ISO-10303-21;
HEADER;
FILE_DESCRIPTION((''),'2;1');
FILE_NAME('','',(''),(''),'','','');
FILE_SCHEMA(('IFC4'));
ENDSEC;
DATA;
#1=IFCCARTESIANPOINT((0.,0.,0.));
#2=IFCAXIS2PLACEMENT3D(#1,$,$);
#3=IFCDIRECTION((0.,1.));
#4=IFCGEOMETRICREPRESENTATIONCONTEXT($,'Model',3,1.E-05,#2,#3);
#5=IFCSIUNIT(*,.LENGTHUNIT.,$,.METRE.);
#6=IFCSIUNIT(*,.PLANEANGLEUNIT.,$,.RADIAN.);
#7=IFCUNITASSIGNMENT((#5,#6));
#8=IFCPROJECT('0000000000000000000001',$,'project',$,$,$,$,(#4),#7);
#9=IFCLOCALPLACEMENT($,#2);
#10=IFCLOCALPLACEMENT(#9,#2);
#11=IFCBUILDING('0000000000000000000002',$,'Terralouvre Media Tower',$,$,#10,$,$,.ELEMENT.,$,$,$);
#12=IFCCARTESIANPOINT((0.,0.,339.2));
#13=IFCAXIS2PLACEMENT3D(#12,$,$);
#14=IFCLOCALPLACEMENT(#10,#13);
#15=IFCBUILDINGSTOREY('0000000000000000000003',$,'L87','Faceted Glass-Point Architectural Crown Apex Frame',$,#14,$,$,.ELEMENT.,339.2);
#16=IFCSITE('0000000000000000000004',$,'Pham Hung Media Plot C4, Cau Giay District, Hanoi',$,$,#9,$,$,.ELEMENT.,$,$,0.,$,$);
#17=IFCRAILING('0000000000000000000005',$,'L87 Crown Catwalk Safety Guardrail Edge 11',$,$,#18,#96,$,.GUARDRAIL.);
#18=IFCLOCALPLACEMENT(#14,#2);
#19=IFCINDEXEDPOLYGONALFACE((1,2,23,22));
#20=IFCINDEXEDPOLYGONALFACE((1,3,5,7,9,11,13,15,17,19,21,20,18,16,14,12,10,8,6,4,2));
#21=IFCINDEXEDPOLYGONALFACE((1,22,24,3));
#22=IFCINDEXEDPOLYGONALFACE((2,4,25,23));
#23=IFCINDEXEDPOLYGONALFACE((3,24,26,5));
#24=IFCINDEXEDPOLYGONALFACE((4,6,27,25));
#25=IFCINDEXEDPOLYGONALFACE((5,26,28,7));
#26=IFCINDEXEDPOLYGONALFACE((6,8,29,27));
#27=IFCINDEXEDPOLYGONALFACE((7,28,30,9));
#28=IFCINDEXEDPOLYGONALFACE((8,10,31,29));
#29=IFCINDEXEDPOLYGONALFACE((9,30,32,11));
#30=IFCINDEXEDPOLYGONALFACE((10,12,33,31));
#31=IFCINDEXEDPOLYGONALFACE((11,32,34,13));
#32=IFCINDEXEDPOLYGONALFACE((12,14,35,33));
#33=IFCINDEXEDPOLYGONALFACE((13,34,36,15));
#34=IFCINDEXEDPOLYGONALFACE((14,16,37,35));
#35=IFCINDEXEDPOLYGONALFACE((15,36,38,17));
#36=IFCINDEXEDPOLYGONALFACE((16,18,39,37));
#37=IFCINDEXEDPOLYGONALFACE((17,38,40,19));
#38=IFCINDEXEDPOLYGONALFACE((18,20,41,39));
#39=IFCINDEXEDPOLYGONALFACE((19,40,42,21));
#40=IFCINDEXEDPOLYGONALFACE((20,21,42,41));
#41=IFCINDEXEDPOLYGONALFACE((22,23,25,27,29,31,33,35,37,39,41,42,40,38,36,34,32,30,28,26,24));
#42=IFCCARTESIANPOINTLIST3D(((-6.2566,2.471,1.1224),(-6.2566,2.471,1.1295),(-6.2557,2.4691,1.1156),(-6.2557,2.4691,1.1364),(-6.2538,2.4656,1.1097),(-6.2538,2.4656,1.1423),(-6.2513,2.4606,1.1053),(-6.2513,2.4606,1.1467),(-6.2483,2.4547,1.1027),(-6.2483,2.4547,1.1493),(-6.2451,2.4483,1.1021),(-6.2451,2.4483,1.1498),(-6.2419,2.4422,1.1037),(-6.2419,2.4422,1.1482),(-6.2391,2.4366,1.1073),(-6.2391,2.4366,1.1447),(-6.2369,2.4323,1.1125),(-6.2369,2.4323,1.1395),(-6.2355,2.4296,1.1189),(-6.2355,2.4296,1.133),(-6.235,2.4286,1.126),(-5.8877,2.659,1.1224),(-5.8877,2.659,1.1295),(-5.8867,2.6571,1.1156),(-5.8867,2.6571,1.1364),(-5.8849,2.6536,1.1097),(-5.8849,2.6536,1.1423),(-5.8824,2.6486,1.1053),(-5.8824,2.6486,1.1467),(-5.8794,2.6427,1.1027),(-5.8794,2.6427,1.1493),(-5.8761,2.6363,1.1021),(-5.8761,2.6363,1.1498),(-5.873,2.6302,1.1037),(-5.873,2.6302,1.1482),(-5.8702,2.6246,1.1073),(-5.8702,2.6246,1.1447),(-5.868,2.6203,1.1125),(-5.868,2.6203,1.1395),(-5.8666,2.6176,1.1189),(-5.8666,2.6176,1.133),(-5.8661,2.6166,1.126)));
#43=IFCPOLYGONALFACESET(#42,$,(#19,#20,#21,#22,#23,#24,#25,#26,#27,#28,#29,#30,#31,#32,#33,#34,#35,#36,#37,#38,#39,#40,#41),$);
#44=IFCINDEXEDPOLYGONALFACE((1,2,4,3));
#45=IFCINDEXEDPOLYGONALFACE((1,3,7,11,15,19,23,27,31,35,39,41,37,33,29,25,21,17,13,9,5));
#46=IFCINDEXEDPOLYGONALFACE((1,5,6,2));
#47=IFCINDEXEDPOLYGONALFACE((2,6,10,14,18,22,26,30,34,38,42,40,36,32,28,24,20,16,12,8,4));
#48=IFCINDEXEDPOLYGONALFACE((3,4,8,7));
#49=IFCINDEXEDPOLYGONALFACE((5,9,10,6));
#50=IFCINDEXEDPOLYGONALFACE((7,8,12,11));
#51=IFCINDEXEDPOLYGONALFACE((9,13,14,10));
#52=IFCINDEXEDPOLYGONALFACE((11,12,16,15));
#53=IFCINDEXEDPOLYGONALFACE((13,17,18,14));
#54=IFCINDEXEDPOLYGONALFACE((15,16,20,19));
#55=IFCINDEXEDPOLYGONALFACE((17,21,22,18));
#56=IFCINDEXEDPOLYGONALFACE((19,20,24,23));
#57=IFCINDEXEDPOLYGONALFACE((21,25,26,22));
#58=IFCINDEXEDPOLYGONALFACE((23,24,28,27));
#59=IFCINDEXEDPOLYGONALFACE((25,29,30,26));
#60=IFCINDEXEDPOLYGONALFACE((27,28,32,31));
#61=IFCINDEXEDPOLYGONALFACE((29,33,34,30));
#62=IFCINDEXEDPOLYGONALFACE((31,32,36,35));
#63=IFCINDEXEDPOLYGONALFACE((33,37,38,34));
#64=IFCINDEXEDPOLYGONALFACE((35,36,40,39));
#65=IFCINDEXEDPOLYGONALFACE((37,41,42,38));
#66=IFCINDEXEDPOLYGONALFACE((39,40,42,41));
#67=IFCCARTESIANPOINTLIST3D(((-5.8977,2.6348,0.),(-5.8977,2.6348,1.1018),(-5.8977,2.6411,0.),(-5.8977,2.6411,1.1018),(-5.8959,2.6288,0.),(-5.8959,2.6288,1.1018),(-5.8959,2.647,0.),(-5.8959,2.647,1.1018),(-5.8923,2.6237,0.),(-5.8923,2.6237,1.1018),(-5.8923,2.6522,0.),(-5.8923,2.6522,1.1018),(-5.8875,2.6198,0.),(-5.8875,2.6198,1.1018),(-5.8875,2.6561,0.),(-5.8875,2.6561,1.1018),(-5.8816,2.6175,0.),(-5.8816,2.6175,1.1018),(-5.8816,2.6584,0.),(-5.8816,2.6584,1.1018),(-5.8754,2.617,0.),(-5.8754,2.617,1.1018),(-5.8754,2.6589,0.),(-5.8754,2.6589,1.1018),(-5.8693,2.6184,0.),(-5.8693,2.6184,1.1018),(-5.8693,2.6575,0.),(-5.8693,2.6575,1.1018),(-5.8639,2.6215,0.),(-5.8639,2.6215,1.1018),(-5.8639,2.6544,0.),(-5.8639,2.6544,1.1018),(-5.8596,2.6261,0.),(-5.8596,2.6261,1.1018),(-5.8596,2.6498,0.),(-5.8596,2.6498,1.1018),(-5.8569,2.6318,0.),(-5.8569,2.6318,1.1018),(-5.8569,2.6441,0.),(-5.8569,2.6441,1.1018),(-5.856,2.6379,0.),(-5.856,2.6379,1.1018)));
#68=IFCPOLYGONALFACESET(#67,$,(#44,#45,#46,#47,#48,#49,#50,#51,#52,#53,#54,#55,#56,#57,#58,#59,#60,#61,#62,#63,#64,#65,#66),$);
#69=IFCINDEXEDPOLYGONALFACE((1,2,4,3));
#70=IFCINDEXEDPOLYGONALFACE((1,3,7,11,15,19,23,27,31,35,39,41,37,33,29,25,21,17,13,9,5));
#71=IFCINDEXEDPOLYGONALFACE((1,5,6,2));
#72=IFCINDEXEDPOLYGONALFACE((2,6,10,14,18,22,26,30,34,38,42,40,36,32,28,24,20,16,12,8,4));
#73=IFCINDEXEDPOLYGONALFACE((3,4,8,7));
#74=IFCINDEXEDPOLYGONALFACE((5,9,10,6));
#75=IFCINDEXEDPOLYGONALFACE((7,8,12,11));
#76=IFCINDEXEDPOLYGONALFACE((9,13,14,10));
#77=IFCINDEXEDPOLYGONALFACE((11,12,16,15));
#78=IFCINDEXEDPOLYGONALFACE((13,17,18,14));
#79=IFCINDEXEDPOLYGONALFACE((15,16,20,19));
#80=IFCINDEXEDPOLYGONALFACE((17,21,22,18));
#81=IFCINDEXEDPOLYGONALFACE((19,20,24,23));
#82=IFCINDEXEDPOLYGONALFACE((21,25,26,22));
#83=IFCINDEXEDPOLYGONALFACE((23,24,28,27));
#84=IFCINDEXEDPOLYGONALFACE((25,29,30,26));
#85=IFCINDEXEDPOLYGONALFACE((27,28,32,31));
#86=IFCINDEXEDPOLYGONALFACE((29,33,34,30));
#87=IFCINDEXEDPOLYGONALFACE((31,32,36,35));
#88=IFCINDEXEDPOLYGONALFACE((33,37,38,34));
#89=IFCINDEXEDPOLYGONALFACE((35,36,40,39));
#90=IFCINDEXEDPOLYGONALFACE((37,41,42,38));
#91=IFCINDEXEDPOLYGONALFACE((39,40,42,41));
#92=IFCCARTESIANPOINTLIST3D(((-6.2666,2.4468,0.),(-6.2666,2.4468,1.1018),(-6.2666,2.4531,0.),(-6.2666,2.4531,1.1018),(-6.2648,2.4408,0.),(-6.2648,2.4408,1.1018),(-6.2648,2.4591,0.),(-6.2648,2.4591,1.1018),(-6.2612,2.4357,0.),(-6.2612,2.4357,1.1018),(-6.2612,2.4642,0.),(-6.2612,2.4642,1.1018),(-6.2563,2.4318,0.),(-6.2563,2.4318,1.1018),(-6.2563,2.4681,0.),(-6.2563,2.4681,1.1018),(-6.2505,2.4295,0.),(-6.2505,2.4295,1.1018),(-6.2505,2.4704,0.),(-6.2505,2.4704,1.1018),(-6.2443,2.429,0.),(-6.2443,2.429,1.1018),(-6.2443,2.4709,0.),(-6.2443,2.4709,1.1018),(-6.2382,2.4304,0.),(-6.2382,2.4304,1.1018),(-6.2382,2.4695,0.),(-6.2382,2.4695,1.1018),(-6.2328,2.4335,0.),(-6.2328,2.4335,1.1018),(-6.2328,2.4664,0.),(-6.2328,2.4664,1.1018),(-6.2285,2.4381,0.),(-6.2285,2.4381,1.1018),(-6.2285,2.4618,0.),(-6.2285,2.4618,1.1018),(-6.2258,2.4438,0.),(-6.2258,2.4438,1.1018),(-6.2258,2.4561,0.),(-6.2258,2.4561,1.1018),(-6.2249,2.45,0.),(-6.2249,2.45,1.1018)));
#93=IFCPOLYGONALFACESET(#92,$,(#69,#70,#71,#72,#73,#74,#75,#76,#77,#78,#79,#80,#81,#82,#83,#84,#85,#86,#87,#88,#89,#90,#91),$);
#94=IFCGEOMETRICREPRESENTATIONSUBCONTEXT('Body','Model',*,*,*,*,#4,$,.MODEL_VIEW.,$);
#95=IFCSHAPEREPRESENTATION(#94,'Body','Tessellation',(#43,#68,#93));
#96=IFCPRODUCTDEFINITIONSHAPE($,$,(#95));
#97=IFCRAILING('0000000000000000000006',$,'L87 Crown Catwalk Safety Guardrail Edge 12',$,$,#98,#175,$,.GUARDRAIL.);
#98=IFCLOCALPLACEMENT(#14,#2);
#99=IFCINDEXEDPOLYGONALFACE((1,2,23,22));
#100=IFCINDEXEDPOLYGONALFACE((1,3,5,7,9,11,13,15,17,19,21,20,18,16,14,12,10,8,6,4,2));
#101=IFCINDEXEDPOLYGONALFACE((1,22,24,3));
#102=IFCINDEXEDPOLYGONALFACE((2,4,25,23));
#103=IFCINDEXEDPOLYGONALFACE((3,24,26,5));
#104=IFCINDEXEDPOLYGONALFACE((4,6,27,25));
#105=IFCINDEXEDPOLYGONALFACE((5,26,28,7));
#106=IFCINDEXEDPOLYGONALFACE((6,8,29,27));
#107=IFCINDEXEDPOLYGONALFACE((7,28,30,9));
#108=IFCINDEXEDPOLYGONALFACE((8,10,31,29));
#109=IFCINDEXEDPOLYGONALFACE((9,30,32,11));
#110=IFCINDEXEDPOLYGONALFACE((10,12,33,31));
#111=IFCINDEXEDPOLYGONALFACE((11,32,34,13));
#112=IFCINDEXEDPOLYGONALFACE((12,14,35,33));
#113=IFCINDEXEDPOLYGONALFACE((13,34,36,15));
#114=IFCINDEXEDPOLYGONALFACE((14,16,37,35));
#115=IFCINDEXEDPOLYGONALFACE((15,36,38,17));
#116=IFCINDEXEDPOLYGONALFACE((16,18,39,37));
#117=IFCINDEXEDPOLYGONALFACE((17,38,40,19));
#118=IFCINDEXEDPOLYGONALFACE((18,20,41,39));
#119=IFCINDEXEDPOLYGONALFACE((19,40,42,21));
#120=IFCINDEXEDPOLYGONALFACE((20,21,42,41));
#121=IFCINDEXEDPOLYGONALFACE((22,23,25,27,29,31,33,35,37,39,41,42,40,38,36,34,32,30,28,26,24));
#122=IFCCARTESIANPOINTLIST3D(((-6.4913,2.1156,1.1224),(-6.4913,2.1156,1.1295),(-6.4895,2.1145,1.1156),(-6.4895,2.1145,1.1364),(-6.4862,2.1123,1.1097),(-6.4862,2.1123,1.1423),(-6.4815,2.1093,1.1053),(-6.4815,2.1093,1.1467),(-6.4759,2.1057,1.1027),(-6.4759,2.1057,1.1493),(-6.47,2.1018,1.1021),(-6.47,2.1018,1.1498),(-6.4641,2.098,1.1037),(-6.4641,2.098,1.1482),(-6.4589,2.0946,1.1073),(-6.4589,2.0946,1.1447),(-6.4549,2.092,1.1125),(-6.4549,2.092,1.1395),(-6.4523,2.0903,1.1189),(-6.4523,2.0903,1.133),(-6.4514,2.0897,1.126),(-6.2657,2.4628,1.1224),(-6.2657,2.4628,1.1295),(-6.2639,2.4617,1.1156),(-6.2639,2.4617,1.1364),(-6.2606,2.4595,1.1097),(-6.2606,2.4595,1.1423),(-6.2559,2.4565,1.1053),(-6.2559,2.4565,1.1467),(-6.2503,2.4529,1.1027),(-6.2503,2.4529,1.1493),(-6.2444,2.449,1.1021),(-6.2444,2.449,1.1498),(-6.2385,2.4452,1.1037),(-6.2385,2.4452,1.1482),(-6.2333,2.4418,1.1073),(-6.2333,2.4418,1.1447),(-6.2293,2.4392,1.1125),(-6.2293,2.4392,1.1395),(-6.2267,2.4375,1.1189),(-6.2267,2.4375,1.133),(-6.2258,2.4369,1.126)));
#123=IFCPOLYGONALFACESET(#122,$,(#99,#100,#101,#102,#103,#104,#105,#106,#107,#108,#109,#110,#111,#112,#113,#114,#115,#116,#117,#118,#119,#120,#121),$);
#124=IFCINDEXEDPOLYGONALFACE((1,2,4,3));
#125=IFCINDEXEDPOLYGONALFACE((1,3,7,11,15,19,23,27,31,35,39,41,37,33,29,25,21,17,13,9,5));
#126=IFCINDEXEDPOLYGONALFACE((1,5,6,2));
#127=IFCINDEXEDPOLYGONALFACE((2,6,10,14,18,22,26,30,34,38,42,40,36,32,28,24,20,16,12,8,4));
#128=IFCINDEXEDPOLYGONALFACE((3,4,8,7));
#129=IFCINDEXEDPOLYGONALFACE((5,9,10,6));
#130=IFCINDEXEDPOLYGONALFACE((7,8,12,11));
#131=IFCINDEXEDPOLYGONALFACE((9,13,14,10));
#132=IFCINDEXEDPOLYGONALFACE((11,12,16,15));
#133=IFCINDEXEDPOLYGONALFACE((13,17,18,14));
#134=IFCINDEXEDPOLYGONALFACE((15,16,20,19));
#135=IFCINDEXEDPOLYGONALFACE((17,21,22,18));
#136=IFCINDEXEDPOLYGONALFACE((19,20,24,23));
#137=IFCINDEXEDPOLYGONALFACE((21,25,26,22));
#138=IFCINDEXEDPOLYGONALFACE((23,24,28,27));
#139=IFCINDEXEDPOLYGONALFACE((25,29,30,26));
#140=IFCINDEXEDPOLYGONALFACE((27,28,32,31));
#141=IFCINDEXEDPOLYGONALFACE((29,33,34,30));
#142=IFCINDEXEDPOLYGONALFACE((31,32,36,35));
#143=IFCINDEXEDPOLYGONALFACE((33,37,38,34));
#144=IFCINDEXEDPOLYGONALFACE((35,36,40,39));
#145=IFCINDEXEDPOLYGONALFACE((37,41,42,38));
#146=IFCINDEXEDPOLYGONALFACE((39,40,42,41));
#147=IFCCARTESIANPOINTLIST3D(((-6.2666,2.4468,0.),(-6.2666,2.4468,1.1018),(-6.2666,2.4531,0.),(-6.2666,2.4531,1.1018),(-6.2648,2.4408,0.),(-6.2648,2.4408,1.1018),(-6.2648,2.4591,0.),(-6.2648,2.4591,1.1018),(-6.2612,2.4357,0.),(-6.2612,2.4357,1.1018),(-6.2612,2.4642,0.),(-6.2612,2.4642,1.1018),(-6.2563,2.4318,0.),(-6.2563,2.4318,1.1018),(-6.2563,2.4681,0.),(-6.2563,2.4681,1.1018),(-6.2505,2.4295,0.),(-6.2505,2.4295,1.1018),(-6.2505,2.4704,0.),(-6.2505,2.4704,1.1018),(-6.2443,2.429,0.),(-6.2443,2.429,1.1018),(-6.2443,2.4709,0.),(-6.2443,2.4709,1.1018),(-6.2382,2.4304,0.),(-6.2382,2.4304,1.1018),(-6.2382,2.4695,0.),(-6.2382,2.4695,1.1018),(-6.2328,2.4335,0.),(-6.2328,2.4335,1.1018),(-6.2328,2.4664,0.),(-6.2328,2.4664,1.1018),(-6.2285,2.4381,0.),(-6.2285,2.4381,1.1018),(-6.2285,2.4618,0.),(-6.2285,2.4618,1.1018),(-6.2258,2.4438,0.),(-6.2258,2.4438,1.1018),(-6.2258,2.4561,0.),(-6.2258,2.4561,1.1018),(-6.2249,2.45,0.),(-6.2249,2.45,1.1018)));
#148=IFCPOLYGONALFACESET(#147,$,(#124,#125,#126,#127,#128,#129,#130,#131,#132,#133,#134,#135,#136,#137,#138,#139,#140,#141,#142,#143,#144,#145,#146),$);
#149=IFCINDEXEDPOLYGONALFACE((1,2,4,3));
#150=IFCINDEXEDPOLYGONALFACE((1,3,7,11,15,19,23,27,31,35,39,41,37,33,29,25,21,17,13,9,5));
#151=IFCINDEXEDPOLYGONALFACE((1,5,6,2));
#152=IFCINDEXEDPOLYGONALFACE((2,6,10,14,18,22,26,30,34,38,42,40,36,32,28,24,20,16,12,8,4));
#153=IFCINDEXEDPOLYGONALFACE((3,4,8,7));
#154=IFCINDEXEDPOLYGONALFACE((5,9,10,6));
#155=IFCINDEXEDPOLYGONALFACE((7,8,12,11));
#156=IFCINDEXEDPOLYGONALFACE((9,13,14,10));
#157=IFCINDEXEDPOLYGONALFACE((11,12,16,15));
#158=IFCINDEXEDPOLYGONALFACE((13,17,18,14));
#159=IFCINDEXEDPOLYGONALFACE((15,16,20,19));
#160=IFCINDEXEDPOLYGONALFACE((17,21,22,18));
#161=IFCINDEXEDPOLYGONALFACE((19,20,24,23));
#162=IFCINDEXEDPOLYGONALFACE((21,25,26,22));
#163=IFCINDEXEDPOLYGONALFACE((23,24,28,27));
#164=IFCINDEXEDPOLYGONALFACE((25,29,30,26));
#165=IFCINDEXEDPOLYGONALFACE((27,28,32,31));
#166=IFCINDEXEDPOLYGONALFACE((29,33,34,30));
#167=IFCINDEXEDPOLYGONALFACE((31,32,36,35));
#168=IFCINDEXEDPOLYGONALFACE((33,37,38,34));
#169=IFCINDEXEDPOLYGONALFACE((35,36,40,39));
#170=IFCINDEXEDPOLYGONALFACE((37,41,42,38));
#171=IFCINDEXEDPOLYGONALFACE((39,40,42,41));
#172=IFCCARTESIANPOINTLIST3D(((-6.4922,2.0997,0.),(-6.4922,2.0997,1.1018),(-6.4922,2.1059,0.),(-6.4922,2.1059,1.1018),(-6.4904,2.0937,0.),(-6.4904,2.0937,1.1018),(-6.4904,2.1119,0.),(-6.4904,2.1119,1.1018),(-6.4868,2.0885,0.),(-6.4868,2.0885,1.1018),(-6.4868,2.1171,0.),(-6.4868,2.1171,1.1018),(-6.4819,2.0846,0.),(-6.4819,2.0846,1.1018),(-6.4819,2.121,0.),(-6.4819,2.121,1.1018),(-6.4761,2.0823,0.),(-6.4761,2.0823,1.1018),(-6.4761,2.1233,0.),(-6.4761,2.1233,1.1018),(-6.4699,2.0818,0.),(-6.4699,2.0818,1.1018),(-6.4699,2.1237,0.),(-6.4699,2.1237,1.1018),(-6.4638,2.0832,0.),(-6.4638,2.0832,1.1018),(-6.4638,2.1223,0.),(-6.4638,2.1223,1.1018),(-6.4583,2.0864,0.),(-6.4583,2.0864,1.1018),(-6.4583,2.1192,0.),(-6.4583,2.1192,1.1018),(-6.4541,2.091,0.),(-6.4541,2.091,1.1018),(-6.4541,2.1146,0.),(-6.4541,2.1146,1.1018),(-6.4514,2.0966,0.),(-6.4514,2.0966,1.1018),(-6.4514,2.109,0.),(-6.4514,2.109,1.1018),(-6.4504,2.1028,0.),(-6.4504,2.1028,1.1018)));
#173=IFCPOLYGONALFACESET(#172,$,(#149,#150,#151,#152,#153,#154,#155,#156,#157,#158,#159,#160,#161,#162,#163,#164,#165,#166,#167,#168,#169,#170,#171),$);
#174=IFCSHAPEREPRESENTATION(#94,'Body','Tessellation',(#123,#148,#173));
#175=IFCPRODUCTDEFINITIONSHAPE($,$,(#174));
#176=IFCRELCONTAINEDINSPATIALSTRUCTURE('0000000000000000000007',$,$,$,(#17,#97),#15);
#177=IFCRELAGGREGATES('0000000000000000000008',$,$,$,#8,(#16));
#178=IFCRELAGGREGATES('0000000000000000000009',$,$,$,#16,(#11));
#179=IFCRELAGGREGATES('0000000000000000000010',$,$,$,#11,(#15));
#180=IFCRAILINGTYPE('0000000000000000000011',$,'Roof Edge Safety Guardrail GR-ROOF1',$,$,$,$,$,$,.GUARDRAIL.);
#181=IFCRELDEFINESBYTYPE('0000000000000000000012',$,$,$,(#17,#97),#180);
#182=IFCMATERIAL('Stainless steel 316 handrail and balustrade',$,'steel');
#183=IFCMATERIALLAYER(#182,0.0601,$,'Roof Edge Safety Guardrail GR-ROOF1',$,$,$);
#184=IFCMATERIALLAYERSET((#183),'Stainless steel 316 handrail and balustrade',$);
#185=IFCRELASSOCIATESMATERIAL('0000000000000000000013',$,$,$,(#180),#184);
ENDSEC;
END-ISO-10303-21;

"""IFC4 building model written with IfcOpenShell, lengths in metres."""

from ifc_helpers import new_model, si_unit, direction, frame, origin, origin_2d, place, context, subcontext, project, spatial, circle, extrude, material, layer, layer_set, type_object, element, save


model = new_model("IFC4")

# Units and contexts
model_context = context("Model", 3, precision=1e-05, world=origin(), true_north=direction((0.0, 1.0)))
body_context = subcontext(model_context, "Body", "Model", "MODEL_VIEW")
ifc_project = project(units=[si_unit("LENGTHUNIT", "METRE"), si_unit("PLANEANGLEUNIT", "RADIAN")], contexts=[model_context])

# Site, building, storey
site_placement = place(None, origin())
site = spatial("IfcSite", under=ifc_project, at=site_placement, Name="Pham Hung Media Plot C4, Cau Giay District, Hanoi", CompositionType="ELEMENT", RefElevation=0.0)
building_placement = place(site_placement, origin())
building = spatial("IfcBuilding", under=site, at=building_placement, Name="Terralouvre Media Tower", CompositionType="ELEMENT")
storey_placement = place(building_placement, frame((0.0, 0.0, 339.2)))
storey = spatial("IfcBuildingStorey", under=building, at=storey_placement, Name="L87", Description="Faceted Glass-Point Architectural Crown Apex Frame", CompositionType="ELEMENT", Elevation=339.2)

# Railings
ifc_material_1 = material(Name="Stainless steel 316 handrail and balustrade", Category="steel")
ifc_layer_1 = layer(ifc_material_1, 0.0601, Name="Roof Edge Safety Guardrail GR-ROOF1")
ifc_layer_set_1 = layer_set([ifc_layer_1], Name="Stainless steel 316 handrail and balustrade")
railing_type_1 = type_object("IfcRailingType", Name="Roof Edge Safety Guardrail GR-ROOF1", PredefinedType="GUARDRAIL", material=ifc_layer_set_1)
railing_1_placement = place(storey_placement, frame((-5.877, 2.6379, 0.0)))
element("IfcRailing", 1, at=railing_1_placement, inside=storey, type_object=railing_type_1, Name="L87 Crown Catwalk Safety Guardrail Edge 11", PredefinedType="GUARDRAIL", context=body_context, shape_type="SweptSolid", body=[
    extrude(circle(Radius=0.0239, at=origin_2d()), frame((0.0, 0.0, 1.126), z_axis=(-0.890981, -0.454041, 0.0), x_axis=(0.454041, -0.890981, 0.0)), (0.0, 0.0, 1.0), 0.4141),
    extrude(circle(Radius=0.021, at=origin_2d()), origin(), (0.0, 0.0, 1.0), 1.1018),
    extrude(circle(Radius=0.021, at=origin_2d()), frame((-0.3689, -0.188, 0.0)), (0.0, 0.0, 1.0), 1.1018),
])
railing_2_placement = place(storey_placement, frame((-6.2458, 2.45, 0.0)))
element("IfcRailing", 2, at=railing_2_placement, inside=storey, type_object=railing_type_1, Name="L87 Crown Catwalk Safety Guardrail Edge 12", PredefinedType="GUARDRAIL", context=body_context, shape_type="SweptSolid", body=[
    extrude(circle(Radius=0.0239, at=origin_2d()), frame((0.0, 0.0, 1.126), z_axis=(-0.544864, -0.838524, 0.0), x_axis=(0.838524, -0.544864, 0.0)), (0.0, 0.0, 1.0), 0.4141),
    extrude(circle(Radius=0.021, at=origin_2d()), origin(), (0.0, 0.0, 1.0), 1.1018),
    extrude(circle(Radius=0.021, at=origin_2d()), frame((-0.2256, -0.3472, 0.0)), (0.0, 0.0, 1.0), 1.1018),
])

save(model, "model.ifc")
